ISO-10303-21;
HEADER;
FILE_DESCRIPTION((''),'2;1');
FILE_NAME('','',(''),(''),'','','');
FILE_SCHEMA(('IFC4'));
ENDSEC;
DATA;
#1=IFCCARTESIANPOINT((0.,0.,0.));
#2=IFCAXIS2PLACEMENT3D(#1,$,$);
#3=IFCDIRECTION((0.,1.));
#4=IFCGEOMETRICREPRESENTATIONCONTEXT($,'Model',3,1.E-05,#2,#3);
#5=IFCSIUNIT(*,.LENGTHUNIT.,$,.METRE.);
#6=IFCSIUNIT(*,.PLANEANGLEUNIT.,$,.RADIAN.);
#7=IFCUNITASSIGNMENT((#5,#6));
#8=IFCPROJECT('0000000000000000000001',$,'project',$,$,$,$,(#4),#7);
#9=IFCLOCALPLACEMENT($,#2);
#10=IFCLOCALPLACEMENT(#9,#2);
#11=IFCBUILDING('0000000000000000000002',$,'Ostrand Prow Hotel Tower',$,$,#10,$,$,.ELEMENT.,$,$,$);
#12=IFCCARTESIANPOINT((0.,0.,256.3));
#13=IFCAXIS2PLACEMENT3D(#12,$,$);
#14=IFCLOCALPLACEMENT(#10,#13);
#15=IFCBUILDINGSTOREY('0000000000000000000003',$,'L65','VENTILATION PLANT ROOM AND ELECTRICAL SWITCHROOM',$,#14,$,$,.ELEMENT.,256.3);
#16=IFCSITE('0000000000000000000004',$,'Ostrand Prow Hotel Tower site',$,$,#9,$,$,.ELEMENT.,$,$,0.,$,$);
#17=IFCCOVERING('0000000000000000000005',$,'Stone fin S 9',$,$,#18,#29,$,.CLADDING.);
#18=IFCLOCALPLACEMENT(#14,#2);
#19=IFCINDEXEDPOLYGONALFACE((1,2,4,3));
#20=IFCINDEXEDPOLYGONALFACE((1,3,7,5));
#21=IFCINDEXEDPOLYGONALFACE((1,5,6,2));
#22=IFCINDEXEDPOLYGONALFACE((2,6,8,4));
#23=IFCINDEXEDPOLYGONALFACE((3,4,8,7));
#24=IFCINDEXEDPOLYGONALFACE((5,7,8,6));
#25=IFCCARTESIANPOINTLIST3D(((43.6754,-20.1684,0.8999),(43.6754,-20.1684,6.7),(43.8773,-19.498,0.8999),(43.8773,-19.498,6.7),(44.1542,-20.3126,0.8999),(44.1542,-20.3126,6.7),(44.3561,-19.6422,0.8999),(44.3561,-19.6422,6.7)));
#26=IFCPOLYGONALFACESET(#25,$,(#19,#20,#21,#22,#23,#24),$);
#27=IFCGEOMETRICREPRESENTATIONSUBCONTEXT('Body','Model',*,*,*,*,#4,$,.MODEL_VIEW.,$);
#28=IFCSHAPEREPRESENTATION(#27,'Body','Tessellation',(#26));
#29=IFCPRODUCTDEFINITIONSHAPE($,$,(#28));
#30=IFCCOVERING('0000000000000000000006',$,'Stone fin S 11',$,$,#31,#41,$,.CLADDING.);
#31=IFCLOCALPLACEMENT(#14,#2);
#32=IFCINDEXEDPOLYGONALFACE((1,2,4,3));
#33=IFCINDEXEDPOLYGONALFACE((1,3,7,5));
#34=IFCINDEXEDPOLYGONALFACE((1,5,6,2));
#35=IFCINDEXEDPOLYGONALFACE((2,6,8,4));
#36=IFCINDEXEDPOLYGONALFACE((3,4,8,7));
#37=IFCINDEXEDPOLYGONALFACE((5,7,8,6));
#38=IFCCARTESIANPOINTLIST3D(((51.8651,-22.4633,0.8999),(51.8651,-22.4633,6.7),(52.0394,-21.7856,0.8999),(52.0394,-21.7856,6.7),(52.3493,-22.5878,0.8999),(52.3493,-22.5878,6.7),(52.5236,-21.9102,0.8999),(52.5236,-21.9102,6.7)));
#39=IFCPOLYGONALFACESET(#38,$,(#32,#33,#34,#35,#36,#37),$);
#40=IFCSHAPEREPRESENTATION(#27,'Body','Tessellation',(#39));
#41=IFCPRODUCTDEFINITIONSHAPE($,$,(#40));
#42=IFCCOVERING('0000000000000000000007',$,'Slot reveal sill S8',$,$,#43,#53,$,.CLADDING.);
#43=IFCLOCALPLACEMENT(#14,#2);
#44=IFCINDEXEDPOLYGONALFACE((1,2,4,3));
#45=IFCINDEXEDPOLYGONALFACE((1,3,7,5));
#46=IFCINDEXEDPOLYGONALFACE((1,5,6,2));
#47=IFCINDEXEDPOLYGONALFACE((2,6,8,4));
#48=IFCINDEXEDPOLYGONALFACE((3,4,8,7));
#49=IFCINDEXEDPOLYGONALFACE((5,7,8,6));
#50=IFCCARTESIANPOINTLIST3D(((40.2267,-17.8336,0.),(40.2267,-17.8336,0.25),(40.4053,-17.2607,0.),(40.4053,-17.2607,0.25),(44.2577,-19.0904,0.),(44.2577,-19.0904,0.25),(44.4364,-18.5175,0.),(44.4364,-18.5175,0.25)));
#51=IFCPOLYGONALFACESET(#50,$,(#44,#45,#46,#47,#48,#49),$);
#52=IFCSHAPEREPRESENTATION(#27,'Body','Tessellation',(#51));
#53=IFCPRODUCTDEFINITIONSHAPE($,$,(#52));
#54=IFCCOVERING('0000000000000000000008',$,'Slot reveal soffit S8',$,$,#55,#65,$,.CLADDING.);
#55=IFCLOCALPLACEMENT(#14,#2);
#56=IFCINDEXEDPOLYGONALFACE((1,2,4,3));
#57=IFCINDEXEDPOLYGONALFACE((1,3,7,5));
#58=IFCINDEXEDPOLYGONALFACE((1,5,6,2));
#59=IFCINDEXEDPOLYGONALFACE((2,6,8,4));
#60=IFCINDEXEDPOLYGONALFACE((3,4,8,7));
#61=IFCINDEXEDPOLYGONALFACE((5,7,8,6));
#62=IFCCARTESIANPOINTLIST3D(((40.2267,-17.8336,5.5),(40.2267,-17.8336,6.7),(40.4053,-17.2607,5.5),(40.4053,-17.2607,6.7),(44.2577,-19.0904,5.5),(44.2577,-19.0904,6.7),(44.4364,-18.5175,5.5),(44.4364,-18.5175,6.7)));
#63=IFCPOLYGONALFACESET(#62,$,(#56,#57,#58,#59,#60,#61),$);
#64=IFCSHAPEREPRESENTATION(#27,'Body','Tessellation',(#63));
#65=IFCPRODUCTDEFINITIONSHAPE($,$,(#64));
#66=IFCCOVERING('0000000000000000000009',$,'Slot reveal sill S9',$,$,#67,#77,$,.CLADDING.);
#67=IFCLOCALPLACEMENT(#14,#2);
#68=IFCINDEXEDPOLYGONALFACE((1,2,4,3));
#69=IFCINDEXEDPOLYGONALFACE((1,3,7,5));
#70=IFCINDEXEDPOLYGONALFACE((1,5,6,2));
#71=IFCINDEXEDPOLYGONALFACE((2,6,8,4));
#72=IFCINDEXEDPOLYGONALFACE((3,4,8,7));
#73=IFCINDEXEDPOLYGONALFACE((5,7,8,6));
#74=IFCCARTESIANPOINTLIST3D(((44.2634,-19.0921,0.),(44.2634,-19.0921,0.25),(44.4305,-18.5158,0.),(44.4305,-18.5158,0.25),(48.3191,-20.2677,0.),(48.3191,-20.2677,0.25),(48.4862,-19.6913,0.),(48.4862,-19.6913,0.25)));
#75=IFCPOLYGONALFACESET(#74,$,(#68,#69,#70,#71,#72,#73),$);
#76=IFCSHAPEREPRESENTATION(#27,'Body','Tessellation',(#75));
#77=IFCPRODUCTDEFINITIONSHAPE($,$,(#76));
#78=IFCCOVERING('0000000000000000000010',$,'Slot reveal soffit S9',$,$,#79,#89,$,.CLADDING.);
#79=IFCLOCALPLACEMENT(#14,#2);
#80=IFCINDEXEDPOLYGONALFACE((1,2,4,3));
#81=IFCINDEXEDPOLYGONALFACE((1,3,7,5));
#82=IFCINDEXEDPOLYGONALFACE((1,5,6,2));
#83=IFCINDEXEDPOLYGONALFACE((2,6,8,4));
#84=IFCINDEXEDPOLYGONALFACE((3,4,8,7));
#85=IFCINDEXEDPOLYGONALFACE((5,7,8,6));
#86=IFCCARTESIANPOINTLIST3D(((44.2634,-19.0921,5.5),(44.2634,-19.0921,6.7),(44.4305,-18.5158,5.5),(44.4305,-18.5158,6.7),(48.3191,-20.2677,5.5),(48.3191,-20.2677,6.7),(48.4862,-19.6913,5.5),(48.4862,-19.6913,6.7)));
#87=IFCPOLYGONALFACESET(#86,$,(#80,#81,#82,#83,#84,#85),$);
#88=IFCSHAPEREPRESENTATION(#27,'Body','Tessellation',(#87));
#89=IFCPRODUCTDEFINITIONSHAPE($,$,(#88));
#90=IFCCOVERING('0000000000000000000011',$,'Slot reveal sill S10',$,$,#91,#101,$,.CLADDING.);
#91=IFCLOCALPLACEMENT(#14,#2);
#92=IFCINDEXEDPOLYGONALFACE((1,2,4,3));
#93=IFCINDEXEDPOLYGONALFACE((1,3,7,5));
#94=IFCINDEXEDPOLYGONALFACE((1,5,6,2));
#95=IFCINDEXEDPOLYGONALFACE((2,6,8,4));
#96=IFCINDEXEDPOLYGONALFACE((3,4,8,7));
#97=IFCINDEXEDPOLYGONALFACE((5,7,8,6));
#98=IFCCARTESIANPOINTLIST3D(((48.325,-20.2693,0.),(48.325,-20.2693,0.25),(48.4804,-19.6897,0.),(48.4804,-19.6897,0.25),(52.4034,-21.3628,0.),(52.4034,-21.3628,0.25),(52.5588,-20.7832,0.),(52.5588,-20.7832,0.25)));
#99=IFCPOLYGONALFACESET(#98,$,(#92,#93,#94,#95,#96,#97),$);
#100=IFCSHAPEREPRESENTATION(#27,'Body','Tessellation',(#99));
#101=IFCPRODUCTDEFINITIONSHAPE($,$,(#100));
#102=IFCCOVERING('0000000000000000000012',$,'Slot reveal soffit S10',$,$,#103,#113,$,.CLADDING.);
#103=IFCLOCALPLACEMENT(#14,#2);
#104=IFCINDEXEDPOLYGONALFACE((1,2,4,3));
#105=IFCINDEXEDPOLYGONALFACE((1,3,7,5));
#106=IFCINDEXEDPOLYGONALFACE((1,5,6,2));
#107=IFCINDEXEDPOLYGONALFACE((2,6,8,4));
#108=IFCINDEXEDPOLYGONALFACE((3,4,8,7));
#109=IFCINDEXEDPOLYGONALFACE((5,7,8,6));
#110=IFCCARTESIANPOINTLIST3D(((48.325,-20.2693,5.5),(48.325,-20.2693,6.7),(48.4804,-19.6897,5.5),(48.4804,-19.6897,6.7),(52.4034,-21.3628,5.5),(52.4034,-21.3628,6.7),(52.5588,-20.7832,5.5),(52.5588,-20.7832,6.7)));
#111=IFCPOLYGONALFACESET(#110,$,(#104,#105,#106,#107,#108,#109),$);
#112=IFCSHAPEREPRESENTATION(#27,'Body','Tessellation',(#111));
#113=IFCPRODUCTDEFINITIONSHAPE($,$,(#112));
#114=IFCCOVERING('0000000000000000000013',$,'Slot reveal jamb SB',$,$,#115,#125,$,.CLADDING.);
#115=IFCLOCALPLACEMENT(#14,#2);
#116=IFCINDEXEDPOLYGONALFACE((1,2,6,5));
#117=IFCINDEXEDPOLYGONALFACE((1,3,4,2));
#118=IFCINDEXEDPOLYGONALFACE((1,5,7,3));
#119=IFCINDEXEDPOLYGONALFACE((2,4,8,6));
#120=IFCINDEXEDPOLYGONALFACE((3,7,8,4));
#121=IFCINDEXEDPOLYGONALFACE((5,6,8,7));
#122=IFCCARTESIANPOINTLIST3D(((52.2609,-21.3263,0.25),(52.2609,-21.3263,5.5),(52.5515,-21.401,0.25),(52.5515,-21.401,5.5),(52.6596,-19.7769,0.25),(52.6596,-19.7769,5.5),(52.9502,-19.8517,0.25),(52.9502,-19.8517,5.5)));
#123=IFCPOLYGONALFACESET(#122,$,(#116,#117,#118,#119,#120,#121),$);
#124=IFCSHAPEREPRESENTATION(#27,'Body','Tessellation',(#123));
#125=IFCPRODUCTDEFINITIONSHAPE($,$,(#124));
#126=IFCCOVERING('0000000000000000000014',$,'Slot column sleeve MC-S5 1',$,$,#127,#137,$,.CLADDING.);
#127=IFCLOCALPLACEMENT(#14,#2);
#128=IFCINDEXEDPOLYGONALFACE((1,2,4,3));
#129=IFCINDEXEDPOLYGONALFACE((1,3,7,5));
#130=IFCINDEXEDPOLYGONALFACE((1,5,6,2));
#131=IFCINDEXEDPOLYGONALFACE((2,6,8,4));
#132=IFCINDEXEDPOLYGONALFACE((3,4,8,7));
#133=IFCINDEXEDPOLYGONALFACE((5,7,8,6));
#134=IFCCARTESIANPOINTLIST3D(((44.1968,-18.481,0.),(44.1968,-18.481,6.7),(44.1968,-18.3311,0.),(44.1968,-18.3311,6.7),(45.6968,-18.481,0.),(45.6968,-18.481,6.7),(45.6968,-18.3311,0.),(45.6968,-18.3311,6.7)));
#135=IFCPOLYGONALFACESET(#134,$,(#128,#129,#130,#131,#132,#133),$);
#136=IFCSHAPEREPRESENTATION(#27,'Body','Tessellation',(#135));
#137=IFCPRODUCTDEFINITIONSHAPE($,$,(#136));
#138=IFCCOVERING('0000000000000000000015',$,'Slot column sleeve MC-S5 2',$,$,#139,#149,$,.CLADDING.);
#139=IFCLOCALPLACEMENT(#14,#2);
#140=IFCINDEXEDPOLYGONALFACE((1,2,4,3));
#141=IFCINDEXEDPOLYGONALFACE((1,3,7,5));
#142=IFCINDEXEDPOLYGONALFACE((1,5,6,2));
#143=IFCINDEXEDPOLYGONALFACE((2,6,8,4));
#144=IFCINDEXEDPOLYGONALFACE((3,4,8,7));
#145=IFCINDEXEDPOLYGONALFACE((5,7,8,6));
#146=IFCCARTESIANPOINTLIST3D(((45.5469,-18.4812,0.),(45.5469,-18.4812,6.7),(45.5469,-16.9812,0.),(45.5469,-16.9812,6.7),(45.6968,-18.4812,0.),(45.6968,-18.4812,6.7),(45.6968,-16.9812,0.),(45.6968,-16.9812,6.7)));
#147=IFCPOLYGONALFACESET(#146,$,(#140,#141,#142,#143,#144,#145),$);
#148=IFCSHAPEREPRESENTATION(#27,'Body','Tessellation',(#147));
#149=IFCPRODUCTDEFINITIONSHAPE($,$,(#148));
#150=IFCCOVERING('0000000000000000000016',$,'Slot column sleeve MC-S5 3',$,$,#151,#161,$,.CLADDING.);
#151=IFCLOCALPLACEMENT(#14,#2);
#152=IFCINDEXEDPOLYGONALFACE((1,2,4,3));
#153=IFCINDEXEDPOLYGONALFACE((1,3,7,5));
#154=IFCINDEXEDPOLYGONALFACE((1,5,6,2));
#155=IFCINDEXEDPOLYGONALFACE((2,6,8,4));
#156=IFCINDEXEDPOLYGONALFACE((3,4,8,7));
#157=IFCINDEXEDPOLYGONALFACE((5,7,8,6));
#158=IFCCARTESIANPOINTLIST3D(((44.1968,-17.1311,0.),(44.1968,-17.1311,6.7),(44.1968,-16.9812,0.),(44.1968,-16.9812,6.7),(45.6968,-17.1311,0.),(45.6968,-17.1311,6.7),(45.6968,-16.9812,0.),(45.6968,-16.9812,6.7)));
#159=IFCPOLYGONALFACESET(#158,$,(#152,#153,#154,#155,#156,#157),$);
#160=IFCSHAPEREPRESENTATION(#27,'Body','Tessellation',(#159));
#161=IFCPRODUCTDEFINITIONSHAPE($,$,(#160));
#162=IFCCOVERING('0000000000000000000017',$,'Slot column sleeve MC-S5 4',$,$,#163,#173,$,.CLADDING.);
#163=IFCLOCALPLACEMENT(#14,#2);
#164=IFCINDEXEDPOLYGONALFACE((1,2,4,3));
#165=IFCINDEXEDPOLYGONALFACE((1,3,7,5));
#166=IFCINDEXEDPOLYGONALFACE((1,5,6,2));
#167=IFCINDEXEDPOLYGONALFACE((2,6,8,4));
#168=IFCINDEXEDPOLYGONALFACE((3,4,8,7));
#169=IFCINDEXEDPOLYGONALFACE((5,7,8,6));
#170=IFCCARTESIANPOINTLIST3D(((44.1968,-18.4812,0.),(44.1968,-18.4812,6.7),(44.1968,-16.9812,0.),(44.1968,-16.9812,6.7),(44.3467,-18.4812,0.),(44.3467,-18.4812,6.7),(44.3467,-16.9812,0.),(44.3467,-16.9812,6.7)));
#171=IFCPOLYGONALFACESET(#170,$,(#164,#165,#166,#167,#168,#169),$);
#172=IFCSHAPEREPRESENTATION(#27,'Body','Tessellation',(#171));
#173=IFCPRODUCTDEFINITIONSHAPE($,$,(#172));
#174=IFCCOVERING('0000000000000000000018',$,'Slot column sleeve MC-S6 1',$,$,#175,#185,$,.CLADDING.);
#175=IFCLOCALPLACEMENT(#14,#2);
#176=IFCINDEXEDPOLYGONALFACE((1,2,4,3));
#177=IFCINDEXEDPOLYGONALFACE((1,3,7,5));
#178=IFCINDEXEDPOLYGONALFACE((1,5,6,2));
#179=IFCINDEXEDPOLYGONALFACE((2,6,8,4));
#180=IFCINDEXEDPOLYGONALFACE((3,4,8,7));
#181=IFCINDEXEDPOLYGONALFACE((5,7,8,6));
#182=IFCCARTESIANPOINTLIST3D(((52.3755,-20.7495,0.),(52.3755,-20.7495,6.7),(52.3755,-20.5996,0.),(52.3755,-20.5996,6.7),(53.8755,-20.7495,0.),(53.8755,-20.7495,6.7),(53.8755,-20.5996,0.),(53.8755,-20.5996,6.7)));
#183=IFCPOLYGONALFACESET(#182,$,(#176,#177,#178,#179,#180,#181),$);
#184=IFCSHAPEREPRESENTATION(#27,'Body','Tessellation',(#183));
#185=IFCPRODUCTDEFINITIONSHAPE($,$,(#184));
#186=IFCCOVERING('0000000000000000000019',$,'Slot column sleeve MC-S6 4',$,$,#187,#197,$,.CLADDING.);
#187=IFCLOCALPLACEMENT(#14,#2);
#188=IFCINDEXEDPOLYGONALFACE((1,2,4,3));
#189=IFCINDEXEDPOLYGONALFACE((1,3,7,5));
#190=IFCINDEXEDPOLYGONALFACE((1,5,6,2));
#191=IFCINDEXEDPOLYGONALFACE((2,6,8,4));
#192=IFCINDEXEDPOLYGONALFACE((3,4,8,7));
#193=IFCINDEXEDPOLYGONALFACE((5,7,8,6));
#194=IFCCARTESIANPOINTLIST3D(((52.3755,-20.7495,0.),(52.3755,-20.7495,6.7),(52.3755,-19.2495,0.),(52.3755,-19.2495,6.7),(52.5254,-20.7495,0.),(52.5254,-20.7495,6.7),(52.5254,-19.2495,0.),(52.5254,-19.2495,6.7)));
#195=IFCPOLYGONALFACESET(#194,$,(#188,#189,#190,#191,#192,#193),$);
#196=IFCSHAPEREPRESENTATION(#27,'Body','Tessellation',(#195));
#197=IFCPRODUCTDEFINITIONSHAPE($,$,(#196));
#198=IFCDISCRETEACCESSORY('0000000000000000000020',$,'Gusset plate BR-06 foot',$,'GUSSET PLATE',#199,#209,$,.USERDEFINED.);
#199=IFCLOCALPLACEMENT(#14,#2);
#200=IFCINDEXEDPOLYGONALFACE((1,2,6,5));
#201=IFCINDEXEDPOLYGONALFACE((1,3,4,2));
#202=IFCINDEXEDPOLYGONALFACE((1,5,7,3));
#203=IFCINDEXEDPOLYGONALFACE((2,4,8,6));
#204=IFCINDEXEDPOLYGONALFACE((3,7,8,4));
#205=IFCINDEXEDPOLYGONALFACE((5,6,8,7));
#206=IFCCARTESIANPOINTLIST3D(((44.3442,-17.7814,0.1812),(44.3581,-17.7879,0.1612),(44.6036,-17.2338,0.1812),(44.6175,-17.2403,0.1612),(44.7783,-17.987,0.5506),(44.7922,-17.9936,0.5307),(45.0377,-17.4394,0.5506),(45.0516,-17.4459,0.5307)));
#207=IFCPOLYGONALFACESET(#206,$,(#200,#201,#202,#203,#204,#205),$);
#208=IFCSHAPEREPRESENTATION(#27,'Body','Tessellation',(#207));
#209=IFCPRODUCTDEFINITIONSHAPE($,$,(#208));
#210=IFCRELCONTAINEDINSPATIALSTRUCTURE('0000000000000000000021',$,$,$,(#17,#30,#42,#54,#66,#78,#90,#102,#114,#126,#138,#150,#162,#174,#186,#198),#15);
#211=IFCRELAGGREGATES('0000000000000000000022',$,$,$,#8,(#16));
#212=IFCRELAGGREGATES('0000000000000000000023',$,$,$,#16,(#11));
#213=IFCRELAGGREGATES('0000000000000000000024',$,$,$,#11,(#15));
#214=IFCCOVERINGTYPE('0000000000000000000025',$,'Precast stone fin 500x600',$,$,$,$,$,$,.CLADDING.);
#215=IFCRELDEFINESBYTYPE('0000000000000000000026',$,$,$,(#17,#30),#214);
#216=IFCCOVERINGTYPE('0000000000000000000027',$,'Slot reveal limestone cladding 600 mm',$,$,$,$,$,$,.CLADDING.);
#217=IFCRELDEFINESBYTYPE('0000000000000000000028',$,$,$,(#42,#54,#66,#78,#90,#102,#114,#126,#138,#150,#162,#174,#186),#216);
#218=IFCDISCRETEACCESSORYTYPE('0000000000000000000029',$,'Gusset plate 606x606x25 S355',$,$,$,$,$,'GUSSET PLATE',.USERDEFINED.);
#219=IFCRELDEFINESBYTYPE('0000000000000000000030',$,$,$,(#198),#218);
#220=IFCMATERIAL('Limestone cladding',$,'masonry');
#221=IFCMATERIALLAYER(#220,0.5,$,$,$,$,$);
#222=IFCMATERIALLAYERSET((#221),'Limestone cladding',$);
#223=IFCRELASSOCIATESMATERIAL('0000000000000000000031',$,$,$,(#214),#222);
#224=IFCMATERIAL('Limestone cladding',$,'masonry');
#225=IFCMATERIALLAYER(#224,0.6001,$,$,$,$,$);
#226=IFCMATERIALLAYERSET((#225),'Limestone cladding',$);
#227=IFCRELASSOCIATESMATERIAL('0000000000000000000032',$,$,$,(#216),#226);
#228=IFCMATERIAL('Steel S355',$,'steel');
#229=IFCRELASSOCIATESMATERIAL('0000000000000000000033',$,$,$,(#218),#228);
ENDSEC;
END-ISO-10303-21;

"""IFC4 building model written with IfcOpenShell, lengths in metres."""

from ifc_helpers import new_model, si_unit, direction, frame, frame_2d, origin, origin_2d, place, context, subcontext, project, spatial, rectangle, extrude, material, layer, layer_set, material_profile, profile_set, type_object, element, save


model = new_model("IFC4")

# Units and contexts
model_context = context("Model", 3, precision=1e-05, world=origin(), true_north=direction((0.0, 1.0)))
body_context = subcontext(model_context, "Body", "Model", "MODEL_VIEW")
ifc_project = project(units=[si_unit("LENGTHUNIT", "METRE"), si_unit("PLANEANGLEUNIT", "RADIAN")], contexts=[model_context])

# Site, building, storey
site_placement = place(None, origin())
site = spatial("IfcSite", under=ifc_project, at=site_placement, Name="Ostrand Prow Hotel Tower site", CompositionType="ELEMENT", RefElevation=0.0)
building_placement = place(site_placement, origin())
building = spatial("IfcBuilding", under=site, at=building_placement, Name="Ostrand Prow Hotel Tower", CompositionType="ELEMENT")
storey_placement = place(building_placement, frame((0.0, 0.0, 256.3)))
storey = spatial("IfcBuildingStorey", under=building, at=storey_placement, Name="L65", Description="VENTILATION PLANT ROOM AND ELECTRICAL SWITCHROOM", CompositionType="ELEMENT", Elevation=256.3)

# Coverings
ifc_material_1 = material(Name="Limestone cladding", Category="masonry")
ifc_layer_1 = layer(ifc_material_1, 0.5)
ifc_layer_set_1 = layer_set([ifc_layer_1], Name="Limestone cladding")
covering_type_1 = type_object("IfcCoveringType", Name="Precast stone fin 500x600", PredefinedType="CLADDING", material=ifc_layer_set_1)
covering_1_placement = place(storey_placement, frame((44.1167, -19.5701, 0.8999), z_axis=(0.0, 0.0, 1.0), x_axis=(-0.288371, -0.957519, 0.0)))
element("IfcCovering", 1, at=covering_1_placement, inside=storey, type_object=covering_type_1, Name="Stone fin S 9", PredefinedType="CLADDING", context=body_context, shape_type="SweptSolid", body=[
    extrude(rectangle(XDim=0.7002, YDim=0.5, at=frame_2d((0.3501, 0.0))), origin(), (0.0, 0.0, 1.0), 5.8),
])
covering_2_placement = place(storey_placement, frame((52.2815, -21.8479, 0.8999), z_axis=(0.0, 0.0, 1.0), x_axis=(-0.249097, -0.968479, 0.0)))
element("IfcCovering", 2, at=covering_2_placement, inside=storey, type_object=covering_type_1, Name="Stone fin S 11", PredefinedType="CLADDING", context=body_context, shape_type="SweptSolid", body=[
    extrude(rectangle(XDim=0.6997, YDim=0.5, at=frame_2d((0.3499, 0.0))), origin(), (0.0, 0.0, 1.0), 5.8),
])
ifc_material_2 = material(Name="Limestone cladding", Category="masonry")
ifc_layer_2 = layer(ifc_material_2, 0.6001)
ifc_layer_set_2 = layer_set([ifc_layer_2], Name="Limestone cladding")
covering_type_2 = type_object("IfcCoveringType", Name="Slot reveal limestone cladding 600 mm", PredefinedType="CLADDING", material=ifc_layer_set_2)
covering_3_placement = place(storey_placement, frame((40.3159, -17.5471, 0.0), z_axis=(0.0, 0.0, 1.0), x_axis=(0.954672, -0.297659, 0.0)))
element("IfcCovering", 3, at=covering_3_placement, inside=storey, type_object=covering_type_2, Name="Slot reveal sill S8", PredefinedType="CLADDING", context=body_context, shape_type="SweptSolid", body=[
    extrude(rectangle(XDim=4.2224, YDim=0.6001, at=frame_2d((2.1113, 0.0))), origin(), (0.0, 0.0, 1.0), 0.25),
])
covering_4_placement = place(storey_placement, frame((40.3159, -17.5471, 5.5), z_axis=(0.0, 0.0, 1.0), x_axis=(0.954672, -0.297659, 0.0)))
element("IfcCovering", 4, at=covering_4_placement, inside=storey, type_object=covering_type_2, Name="Slot reveal soffit S8", PredefinedType="CLADDING", context=body_context, shape_type="SweptSolid", body=[
    extrude(rectangle(XDim=4.2224, YDim=0.6001, at=frame_2d((2.1113, 0.0))), origin(), (0.0, 0.0, 1.0), 1.2),
])
covering_5_placement = place(storey_placement, frame((44.3469, -18.804, 0.0), z_axis=(0.0, 0.0, 1.0), x_axis=(0.960467, -0.278392, 0.0)))
element("IfcCovering", 5, at=covering_5_placement, inside=storey, type_object=covering_type_2, Name="Slot reveal sill S9", PredefinedType="CLADDING", context=body_context, shape_type="SweptSolid", body=[
    extrude(rectangle(XDim=4.2227, YDim=0.6001, at=frame_2d((2.1113, 0.0))), origin(), (0.0, 0.0, 1.0), 0.25),
])
covering_6_placement = place(storey_placement, frame((44.3469, -18.804, 5.5), z_axis=(0.0, 0.0, 1.0), x_axis=(0.960467, -0.278392, 0.0)))
element("IfcCovering", 6, at=covering_6_placement, inside=storey, type_object=covering_type_2, Name="Slot reveal soffit S9", PredefinedType="CLADDING", context=body_context, shape_type="SweptSolid", body=[
    extrude(rectangle(XDim=4.2227, YDim=0.6001, at=frame_2d((2.1113, 0.0))), origin(), (0.0, 0.0, 1.0), 1.2),
])
covering_7_placement = place(storey_placement, frame((48.4026, -19.9795, 0.0), z_axis=(0.0, 0.0, 1.0), x_axis=(0.965884, -0.258976, 0.0)))
element("IfcCovering", 7, at=covering_7_placement, inside=storey, type_object=covering_type_2, Name="Slot reveal sill S10", PredefinedType="CLADDING", context=body_context, shape_type="SweptSolid", body=[
    extrude(rectangle(XDim=4.2224, YDim=0.6001, at=frame_2d((2.1113, 0.0))), origin(), (0.0, 0.0, 1.0), 0.25),
])
covering_8_placement = place(storey_placement, frame((48.4026, -19.9795, 5.5), z_axis=(0.0, 0.0, 1.0), x_axis=(0.965884, -0.258976, 0.0)))
element("IfcCovering", 8, at=covering_8_placement, inside=storey, type_object=covering_type_2, Name="Slot reveal soffit S10", PredefinedType="CLADDING", context=body_context, shape_type="SweptSolid", body=[
    extrude(rectangle(XDim=4.2224, YDim=0.6001, at=frame_2d((2.1113, 0.0))), origin(), (0.0, 0.0, 1.0), 1.2),
])
covering_9_placement = place(storey_placement, frame((52.4062, -21.3635, 0.25), z_axis=(0.0, 0.0, 1.0), x_axis=(0.249209, 0.96845, 0.0)))
element("IfcCovering", 9, at=covering_9_placement, inside=storey, type_object=covering_type_2, Name="Slot reveal jamb SB", PredefinedType="CLADDING", context=body_context, shape_type="SweptSolid", body=[
    extrude(rectangle(XDim=1.5999, YDim=0.3, at=frame_2d((0.7998, 0.0))), origin(), (0.0, 0.0, 1.0), 5.25),
])
for number, where, z_axis, x_axis, name in (
    (10, (44.1968, -18.406, 0.0), (0.0, 0.0, 1.0), (1.0, 0.0, 0.0), "Slot column sleeve MC-S5 1"),
    (11, (45.6218, -18.4812, 0.0), (0.0, 0.0, 1.0), (0.0, 1.0, 0.0), "Slot column sleeve MC-S5 2"),
    (12, (45.6968, -17.0562, 0.0), (0.0, 0.0, 1.0), (-1.0, 0.0, 0.0), "Slot column sleeve MC-S5 3"),
    (13, (44.2717, -16.9812, 0.0), (0.0, 0.0, 1.0), (0.0, -1.0, 0.0), "Slot column sleeve MC-S5 4"),
    (14, (52.3755, -20.6746, 0.0), (0.0, 0.0, 1.0), (1.0, 0.0, 0.0), "Slot column sleeve MC-S6 1"),
    (15, (52.4504, -19.2495, 0.0), (0.0, 0.0, 1.0), (0.0, -1.0, 0.0), "Slot column sleeve MC-S6 4"),
):
    element("IfcCovering", number, at=place(storey_placement, frame(where, z_axis=z_axis, x_axis=x_axis)), inside=storey, type_object=covering_type_2, Name=name, PredefinedType="CLADDING", context=body_context, shape_type="SweptSolid", body=[
        extrude(rectangle(XDim=1.5, YDim=0.1499, at=frame_2d((0.75, 0.0))), origin(), (0.0, 0.0, 1.0), 6.7),
    ])

# Discrete accessory
ifc_material_3 = material(Name="Steel S355", Category="steel")
ifc_material_profile_1 = material_profile(ifc_material_3, rectangle(XDim=0.606, YDim=0.606, at=origin_2d()), Name="PL 606x606x25")
ifc_profile_set_1 = profile_set([ifc_material_profile_1], Name="Steel S355")
discrete_accessory_type = type_object("IfcDiscreteAccessoryType", Name="Gusset plate 606x606x25 S355", ElementType="GUSSET PLATE", PredefinedType="USERDEFINED", material=ifc_profile_set_1)
discrete_accessory_placement = place(storey_placement, frame((44.7048, -17.6169, 0.3459), z_axis=(-0.550988, 0.260994, 0.79265), x_axis=(-0.428086, -0.903738, 0.0)))
element("IfcDiscreteAccessory", 16, at=discrete_accessory_placement, inside=storey, type_object=discrete_accessory_type, Name="Gusset plate BR-06 foot", ObjectType="GUSSET PLATE", PredefinedType="USERDEFINED", context=body_context, shape_type="SweptSolid", body=[
    extrude(rectangle(XDim=0.606, YDim=0.606, at=origin_2d()), origin(), (0.0, 0.0, 1.0), 0.0251),
])

save(model, "model.ifc")
